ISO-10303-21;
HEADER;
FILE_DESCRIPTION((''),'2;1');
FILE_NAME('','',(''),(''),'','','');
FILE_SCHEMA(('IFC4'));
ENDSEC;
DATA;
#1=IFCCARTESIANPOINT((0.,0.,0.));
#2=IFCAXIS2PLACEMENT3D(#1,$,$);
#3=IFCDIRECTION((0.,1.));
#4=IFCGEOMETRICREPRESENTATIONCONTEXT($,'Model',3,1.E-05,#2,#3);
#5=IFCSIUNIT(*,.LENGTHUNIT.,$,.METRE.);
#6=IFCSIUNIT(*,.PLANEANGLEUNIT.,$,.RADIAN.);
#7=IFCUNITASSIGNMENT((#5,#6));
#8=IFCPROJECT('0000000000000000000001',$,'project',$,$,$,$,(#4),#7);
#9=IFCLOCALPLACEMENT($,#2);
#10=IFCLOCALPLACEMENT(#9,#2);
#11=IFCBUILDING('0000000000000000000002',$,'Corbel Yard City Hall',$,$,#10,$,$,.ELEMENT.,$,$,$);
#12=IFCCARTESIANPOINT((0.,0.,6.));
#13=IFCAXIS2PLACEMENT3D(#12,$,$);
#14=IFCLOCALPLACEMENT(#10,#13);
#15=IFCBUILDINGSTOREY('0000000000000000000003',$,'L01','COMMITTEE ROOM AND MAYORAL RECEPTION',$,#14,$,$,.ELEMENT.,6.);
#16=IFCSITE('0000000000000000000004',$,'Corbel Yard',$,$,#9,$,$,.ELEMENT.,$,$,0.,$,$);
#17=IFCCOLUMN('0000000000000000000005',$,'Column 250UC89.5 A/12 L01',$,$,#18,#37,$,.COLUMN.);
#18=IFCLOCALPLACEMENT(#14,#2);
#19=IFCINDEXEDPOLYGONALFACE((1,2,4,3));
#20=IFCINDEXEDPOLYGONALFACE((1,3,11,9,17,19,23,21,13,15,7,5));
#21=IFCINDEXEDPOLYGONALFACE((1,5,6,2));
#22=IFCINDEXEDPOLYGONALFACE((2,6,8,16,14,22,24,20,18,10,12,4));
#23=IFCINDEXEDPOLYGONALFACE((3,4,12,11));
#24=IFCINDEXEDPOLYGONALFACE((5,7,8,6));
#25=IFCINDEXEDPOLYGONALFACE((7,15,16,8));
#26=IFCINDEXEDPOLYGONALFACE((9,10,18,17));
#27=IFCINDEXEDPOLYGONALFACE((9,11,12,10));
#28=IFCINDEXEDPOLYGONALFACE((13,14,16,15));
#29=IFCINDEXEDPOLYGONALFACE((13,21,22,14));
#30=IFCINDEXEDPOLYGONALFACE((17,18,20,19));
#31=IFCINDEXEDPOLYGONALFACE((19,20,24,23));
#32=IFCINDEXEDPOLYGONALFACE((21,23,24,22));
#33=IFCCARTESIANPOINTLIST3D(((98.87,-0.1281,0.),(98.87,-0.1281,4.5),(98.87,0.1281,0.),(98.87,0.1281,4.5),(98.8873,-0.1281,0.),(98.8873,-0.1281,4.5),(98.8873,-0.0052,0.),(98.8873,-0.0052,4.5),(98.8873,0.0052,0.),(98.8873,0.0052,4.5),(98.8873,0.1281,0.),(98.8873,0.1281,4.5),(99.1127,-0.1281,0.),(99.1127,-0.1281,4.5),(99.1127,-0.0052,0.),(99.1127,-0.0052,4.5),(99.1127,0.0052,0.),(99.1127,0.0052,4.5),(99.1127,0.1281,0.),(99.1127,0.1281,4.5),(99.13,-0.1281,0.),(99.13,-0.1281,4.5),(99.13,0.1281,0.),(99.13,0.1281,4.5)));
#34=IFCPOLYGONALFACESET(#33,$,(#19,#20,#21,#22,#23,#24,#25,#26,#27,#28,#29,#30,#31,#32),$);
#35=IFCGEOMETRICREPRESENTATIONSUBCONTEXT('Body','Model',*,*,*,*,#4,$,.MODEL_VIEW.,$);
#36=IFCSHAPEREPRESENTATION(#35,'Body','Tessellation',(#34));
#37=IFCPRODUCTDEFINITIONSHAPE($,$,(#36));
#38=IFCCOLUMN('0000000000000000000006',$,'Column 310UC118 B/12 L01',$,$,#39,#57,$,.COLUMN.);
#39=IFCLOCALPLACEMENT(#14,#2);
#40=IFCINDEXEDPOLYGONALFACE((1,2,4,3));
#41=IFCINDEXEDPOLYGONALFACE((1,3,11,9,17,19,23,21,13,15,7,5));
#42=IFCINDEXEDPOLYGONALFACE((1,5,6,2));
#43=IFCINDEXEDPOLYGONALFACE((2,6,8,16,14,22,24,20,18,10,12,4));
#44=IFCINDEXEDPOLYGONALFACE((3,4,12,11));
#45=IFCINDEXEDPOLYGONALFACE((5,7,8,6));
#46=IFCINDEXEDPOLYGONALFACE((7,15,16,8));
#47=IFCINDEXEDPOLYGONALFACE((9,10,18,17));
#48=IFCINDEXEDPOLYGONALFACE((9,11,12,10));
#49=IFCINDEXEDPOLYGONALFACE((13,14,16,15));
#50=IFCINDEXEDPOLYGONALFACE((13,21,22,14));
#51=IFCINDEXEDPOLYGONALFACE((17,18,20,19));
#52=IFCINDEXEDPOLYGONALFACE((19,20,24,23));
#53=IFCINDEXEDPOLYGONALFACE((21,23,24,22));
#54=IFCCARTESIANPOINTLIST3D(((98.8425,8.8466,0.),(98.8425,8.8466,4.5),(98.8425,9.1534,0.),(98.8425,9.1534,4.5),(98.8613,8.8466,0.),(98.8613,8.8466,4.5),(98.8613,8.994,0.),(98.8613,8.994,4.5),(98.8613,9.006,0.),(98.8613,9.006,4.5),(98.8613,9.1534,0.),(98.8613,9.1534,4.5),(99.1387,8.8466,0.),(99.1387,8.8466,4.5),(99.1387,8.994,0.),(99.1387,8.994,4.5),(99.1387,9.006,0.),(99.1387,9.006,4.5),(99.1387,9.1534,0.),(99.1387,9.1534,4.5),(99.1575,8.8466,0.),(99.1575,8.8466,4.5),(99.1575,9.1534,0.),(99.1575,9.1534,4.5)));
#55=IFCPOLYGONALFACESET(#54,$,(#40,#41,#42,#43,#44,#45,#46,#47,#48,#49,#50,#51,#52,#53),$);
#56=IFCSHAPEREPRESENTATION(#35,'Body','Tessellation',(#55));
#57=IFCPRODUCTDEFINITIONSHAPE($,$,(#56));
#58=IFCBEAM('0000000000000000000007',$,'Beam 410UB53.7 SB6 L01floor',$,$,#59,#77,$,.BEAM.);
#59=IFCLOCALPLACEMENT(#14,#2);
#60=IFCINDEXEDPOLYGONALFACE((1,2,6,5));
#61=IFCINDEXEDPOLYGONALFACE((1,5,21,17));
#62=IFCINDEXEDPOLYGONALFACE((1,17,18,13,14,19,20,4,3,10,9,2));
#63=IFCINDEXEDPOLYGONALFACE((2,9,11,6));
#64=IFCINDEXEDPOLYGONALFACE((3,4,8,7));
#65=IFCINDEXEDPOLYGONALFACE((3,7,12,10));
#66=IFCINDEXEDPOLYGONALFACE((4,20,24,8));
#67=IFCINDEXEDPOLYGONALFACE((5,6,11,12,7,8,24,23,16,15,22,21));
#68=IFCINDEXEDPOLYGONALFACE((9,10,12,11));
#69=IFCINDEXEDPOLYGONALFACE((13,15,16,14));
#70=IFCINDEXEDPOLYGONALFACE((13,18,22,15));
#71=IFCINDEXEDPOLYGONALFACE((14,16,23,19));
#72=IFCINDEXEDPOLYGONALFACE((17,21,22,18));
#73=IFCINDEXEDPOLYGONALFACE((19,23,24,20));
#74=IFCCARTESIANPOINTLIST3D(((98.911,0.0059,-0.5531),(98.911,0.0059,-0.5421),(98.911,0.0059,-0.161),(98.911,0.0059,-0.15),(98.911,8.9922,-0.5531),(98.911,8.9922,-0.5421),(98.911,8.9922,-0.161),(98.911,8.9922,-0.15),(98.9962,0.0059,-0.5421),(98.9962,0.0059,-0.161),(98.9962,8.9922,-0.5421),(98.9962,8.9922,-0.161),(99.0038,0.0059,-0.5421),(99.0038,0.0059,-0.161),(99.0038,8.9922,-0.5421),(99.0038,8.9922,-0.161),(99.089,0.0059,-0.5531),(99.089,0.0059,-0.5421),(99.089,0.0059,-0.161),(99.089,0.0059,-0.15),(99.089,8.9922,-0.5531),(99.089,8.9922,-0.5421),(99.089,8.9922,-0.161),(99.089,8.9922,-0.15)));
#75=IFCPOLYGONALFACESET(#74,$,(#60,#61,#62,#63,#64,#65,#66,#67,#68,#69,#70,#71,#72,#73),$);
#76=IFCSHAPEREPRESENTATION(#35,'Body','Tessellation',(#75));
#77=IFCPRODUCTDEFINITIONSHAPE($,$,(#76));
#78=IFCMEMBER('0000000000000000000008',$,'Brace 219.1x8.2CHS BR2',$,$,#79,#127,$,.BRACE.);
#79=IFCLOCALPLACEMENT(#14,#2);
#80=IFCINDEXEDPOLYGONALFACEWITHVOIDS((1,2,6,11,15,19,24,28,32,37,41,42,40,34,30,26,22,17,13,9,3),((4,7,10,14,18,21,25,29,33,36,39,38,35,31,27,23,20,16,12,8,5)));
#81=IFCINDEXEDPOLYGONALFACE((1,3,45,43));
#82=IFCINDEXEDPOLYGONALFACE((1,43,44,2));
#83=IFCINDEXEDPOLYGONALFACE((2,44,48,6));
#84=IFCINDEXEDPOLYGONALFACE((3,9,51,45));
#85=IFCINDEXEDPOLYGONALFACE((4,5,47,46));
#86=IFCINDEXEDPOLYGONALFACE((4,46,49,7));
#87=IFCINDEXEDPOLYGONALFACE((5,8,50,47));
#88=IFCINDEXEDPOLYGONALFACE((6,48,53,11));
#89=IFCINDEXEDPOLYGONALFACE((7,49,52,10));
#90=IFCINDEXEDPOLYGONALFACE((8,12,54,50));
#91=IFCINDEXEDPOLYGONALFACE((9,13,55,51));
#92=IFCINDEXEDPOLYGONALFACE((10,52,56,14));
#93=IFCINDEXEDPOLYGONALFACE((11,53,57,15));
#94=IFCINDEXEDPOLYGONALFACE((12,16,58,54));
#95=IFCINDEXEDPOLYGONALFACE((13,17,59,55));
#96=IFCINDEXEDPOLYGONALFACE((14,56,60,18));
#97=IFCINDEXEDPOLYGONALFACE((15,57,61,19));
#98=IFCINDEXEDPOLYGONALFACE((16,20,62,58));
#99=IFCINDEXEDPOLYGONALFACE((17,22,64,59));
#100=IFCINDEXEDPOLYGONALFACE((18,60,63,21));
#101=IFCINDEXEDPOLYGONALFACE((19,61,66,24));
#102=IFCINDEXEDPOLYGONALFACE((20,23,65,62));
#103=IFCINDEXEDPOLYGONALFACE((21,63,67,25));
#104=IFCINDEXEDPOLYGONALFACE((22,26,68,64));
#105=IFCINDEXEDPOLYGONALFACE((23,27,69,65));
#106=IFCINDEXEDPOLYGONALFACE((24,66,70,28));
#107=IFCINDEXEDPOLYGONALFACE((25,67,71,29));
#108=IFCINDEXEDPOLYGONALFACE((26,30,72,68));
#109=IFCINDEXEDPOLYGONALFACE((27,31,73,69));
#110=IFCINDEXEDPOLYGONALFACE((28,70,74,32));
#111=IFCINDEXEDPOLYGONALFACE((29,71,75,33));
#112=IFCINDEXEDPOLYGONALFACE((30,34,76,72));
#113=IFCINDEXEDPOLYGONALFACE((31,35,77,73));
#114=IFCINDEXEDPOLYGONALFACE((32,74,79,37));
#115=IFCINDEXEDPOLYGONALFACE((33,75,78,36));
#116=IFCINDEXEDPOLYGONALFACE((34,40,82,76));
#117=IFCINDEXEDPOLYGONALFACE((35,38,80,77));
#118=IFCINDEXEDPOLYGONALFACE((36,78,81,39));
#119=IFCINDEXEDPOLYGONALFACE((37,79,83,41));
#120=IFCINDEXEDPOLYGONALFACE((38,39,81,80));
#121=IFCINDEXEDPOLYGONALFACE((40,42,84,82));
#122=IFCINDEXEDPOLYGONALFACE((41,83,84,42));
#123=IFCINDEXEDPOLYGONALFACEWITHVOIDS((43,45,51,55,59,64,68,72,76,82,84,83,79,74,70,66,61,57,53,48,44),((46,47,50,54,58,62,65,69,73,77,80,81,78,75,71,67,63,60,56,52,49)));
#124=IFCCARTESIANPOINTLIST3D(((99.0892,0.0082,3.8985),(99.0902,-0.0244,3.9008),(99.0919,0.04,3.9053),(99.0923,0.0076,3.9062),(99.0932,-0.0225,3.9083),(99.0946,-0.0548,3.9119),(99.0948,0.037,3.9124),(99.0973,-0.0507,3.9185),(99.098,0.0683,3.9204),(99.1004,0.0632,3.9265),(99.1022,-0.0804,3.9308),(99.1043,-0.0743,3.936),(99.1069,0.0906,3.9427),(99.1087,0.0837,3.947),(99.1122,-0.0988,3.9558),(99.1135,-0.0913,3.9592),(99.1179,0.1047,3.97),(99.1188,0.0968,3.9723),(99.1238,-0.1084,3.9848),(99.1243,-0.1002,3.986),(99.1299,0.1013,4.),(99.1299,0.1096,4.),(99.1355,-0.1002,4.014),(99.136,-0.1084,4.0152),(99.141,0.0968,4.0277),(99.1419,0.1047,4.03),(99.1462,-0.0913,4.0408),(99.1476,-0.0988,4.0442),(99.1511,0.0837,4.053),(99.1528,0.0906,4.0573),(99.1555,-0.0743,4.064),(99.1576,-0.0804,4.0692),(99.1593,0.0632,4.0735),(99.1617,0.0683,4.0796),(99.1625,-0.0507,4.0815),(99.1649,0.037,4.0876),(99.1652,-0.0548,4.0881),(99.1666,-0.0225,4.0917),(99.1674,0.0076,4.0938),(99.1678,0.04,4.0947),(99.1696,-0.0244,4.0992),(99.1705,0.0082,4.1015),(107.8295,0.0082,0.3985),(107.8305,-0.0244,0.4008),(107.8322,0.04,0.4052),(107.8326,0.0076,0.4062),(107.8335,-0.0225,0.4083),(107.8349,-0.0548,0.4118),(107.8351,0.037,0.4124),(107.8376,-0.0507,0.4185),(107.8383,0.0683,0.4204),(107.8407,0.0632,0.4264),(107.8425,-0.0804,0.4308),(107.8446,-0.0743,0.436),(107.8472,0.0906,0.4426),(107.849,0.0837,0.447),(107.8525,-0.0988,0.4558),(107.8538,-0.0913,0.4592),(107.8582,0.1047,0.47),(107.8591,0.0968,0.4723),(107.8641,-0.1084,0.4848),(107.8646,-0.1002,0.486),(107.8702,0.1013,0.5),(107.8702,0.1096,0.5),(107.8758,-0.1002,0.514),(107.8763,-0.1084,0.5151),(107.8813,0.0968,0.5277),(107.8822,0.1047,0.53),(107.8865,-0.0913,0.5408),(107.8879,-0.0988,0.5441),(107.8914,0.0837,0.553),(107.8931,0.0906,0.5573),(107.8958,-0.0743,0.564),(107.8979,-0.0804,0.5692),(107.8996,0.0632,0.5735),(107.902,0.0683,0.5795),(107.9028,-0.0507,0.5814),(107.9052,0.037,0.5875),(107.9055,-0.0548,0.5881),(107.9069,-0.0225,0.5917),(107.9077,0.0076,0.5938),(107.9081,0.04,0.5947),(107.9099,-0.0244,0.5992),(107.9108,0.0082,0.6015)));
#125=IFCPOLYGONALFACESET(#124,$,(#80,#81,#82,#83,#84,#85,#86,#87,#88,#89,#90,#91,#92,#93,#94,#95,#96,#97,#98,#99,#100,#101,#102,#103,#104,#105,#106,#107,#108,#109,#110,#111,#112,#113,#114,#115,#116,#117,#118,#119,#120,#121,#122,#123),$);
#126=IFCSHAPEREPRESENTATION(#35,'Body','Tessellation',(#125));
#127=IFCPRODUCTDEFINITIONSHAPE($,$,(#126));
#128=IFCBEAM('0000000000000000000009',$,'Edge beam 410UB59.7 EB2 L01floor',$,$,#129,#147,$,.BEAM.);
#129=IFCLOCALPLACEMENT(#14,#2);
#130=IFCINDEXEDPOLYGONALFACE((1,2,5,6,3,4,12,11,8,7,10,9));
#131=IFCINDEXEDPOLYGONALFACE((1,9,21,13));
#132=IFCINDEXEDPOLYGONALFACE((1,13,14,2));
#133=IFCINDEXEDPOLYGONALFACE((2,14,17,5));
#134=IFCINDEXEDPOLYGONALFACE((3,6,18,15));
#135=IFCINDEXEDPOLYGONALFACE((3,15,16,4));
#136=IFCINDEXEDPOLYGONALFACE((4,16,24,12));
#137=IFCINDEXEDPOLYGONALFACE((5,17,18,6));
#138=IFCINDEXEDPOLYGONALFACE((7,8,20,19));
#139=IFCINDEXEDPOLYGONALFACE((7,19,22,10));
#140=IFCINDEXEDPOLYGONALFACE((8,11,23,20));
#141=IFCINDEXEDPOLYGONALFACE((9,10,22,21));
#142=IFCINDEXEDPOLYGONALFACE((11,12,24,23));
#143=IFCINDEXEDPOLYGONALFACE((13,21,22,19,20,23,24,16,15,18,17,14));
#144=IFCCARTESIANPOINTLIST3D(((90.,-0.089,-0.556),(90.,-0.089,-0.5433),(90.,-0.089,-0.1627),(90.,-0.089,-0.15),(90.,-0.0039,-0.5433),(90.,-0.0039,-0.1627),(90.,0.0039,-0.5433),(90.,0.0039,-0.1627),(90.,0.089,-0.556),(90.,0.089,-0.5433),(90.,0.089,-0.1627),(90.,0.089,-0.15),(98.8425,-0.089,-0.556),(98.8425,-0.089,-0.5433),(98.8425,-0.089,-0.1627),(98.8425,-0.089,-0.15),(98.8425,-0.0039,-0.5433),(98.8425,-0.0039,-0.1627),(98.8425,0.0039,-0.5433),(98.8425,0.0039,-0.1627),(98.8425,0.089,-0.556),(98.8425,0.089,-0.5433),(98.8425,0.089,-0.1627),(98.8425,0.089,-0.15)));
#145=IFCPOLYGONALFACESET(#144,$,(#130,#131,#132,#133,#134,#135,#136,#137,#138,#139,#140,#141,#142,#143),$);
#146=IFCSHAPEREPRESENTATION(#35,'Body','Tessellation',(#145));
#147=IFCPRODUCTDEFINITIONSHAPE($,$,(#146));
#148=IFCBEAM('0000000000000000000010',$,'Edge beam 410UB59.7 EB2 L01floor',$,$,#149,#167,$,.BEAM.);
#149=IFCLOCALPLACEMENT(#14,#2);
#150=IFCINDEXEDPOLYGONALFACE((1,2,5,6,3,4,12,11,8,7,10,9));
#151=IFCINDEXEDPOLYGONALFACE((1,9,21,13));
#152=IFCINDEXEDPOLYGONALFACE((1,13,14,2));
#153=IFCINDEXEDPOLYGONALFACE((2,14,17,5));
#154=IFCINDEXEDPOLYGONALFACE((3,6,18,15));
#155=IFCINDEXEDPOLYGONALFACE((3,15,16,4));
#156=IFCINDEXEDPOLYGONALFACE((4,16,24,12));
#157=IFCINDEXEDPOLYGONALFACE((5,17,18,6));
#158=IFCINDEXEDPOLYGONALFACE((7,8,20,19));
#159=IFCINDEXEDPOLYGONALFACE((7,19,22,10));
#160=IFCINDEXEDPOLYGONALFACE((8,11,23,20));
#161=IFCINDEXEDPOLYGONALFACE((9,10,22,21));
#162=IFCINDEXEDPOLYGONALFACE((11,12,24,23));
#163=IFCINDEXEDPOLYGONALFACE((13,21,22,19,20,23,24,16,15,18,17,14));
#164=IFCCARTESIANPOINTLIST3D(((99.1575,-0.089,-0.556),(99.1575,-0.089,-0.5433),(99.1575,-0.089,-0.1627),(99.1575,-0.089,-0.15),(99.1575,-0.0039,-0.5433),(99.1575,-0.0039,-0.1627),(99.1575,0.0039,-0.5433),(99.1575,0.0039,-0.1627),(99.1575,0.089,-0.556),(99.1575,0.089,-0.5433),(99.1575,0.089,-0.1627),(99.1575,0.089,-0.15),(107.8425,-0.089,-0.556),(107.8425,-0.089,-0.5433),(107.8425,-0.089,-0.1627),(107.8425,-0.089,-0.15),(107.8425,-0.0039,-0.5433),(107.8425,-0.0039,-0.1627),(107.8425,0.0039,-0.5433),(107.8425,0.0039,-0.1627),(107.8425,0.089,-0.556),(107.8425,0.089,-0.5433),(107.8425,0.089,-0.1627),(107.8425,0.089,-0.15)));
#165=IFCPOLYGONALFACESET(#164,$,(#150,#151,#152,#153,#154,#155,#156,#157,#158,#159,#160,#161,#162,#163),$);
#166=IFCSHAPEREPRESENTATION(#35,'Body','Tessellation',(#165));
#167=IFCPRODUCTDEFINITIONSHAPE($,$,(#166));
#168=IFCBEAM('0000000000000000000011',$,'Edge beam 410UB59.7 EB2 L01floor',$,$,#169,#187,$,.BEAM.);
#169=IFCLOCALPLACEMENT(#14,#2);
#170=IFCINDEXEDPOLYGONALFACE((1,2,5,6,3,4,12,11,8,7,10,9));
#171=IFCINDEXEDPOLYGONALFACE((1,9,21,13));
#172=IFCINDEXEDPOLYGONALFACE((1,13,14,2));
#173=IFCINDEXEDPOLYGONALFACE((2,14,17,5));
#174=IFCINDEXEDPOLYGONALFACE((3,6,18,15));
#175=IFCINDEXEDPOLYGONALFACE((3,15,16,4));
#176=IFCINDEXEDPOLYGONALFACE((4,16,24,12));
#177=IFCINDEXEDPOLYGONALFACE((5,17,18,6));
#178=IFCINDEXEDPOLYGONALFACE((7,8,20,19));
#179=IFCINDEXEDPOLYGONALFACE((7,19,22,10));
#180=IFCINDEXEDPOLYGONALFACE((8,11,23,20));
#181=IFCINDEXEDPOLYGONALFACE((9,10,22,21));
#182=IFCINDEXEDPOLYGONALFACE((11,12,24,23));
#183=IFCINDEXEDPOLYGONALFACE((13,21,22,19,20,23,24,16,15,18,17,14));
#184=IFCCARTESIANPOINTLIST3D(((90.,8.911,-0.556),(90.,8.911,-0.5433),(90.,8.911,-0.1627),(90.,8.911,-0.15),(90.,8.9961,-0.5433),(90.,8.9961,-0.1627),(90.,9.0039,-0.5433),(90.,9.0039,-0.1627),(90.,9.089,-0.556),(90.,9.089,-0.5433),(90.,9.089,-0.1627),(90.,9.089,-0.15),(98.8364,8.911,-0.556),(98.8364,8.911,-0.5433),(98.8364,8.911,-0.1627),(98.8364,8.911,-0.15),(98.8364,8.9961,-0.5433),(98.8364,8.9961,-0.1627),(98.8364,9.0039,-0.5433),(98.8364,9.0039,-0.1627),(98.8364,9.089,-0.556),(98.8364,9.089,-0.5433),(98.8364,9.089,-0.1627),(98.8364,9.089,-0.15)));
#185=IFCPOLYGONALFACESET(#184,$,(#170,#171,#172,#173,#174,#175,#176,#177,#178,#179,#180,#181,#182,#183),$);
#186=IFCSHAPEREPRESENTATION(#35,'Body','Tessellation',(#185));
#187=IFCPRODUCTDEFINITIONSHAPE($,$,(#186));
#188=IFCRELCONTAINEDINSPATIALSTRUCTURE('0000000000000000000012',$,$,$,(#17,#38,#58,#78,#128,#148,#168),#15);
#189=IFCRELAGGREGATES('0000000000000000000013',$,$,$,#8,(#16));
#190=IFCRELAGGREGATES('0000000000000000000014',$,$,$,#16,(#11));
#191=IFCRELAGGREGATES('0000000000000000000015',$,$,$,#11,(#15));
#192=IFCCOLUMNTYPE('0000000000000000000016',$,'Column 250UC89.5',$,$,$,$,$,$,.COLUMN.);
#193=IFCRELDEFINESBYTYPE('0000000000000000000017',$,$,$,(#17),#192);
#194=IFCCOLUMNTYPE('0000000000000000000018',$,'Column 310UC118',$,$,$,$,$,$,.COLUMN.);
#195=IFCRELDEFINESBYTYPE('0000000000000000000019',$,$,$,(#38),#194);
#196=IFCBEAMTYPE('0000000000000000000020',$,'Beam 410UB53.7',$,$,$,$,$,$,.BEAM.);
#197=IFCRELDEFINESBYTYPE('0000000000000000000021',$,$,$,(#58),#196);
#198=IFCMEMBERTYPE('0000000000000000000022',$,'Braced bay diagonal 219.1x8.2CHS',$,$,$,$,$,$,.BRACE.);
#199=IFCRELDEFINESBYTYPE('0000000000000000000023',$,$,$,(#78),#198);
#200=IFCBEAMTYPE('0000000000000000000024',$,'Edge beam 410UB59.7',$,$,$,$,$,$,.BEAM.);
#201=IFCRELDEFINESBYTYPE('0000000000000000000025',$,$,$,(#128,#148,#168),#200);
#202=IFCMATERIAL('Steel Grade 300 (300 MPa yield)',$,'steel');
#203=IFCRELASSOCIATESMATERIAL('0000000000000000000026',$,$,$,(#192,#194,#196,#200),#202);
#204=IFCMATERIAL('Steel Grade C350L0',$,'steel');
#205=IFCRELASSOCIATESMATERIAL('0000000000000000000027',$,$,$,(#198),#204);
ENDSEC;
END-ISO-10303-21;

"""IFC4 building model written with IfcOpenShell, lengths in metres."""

from ifc_helpers import new_model, si_unit, direction, frame, origin, origin_2d, place, context, subcontext, project, spatial, hollow_circle, i_section, extrude, material, material_profile, profile_set, type_object, element, save


model = new_model("IFC4")

# Units and contexts
model_context = context("Model", 3, precision=1e-05, world=origin(), true_north=direction((0.0, 1.0)))
body_context = subcontext(model_context, "Body", "Model", "MODEL_VIEW")
ifc_project = project(units=[si_unit("LENGTHUNIT", "METRE"), si_unit("PLANEANGLEUNIT", "RADIAN")], contexts=[model_context])

# Site, building, storey
site_placement = place(None, origin())
site = spatial("IfcSite", under=ifc_project, at=site_placement, Name="Corbel Yard", CompositionType="ELEMENT", RefElevation=0.0)
building_placement = place(site_placement, origin())
building = spatial("IfcBuilding", under=site, at=building_placement, Name="Corbel Yard City Hall", CompositionType="ELEMENT")
storey_placement = place(building_placement, frame((0.0, 0.0, 6.0)))
storey = spatial("IfcBuildingStorey", under=building, at=storey_placement, Name="L01", Description="COMMITTEE ROOM AND MAYORAL RECEPTION", CompositionType="ELEMENT", Elevation=6.0)

# Columns
ifc_material_1 = material(Name="Steel Grade 300 (300 MPa yield)", Category="steel")
ifc_material_profile_1 = material_profile(ifc_material_1, i_section(OverallWidth=0.2561, OverallDepth=0.26, WebThickness=0.0105, FlangeThickness=0.0173, at=origin_2d()), Name="250UC89.5")
ifc_profile_set_1 = profile_set([ifc_material_profile_1], Name="Steel Grade 300 (300 MPa yield)")
column_type_1 = type_object("IfcColumnType", Name="Column 250UC89.5", PredefinedType="COLUMN", material=ifc_profile_set_1)
column_1_placement = place(storey_placement, frame((99.0, 0.0, 0.0), z_axis=(0.0, 0.0, 1.0), x_axis=(0.0, 1.0, 0.0)))
element("IfcColumn", 1, at=column_1_placement, inside=storey, type_object=column_type_1, Name="Column 250UC89.5 A/12 L01", PredefinedType="COLUMN", context=body_context, shape_type="SweptSolid", body=[
    extrude(i_section(OverallWidth=0.2561, OverallDepth=0.26, WebThickness=0.0105, FlangeThickness=0.0173, at=origin_2d()), origin(), (0.0, 0.0, 1.0), 4.5),
])
ifc_material_profile_2 = material_profile(ifc_material_1, i_section(OverallWidth=0.3069, OverallDepth=0.3149, WebThickness=0.012, FlangeThickness=0.0188, at=origin_2d()), Name="310UC118")
ifc_profile_set_2 = profile_set([ifc_material_profile_2], Name="Steel Grade 300 (300 MPa yield)")
column_type_2 = type_object("IfcColumnType", Name="Column 310UC118", PredefinedType="COLUMN", material=ifc_profile_set_2)
column_2_placement = place(storey_placement, frame((99.0, 9.0, 0.0), z_axis=(0.0, 0.0, 1.0), x_axis=(0.0, 1.0, 0.0)))
element("IfcColumn", 2, at=column_2_placement, inside=storey, type_object=column_type_2, Name="Column 310UC118 B/12 L01", PredefinedType="COLUMN", context=body_context, shape_type="SweptSolid", body=[
    extrude(i_section(OverallWidth=0.3069, OverallDepth=0.3149, WebThickness=0.012, FlangeThickness=0.0188, at=origin_2d()), origin(), (0.0, 0.0, 1.0), 4.5),
])

# Beam
ifc_material_profile_3 = material_profile(ifc_material_1, i_section(OverallWidth=0.178, OverallDepth=0.4031, WebThickness=0.0076, FlangeThickness=0.011, at=origin_2d()), Name="410UB53.7")
ifc_profile_set_3 = profile_set([ifc_material_profile_3], Name="Steel Grade 300 (300 MPa yield)")
beam_type_1 = type_object("IfcBeamType", Name="Beam 410UB53.7", PredefinedType="BEAM", material=ifc_profile_set_3)
beam_1_placement = place(storey_placement, frame((99.0, 0.0059, -0.3516), z_axis=(0.0, 1.0, 0.0), x_axis=(-1.0, 0.0, 0.0)))
element("IfcBeam", 3, at=beam_1_placement, inside=storey, type_object=beam_type_1, Name="Beam 410UB53.7 SB6 L01floor", PredefinedType="BEAM", context=body_context, shape_type="SweptSolid", body=[
    extrude(i_section(OverallWidth=0.178, OverallDepth=0.4031, WebThickness=0.0076, FlangeThickness=0.011, at=origin_2d()), origin(), (0.0, 0.0, 1.0), 8.9863),
])

# Member
ifc_material_2 = material(Name="Steel Grade C350L0", Category="steel")
ifc_material_profile_4 = material_profile(ifc_material_2, hollow_circle(Radius=0.1096, WallThickness=0.0083, at=origin_2d()), Name="219.1x8.2CHS")
ifc_profile_set_4 = profile_set([ifc_material_profile_4], Name="Steel Grade C350L0")
member_type = type_object("IfcMemberType", Name="Braced bay diagonal 219.1x8.2CHS", PredefinedType="BRACE", material=ifc_profile_set_4)
member_placement = place(storey_placement, frame((99.1299, 0.0, 4.0), z_axis=(0.928334, 0.0, -0.371748), x_axis=(0.0, 1.0, 0.0)))
element("IfcMember", 4, at=member_placement, inside=storey, type_object=member_type, Name="Brace 219.1x8.2CHS BR2", PredefinedType="BRACE", context=body_context, shape_type="SweptSolid", body=[
    extrude(hollow_circle(Radius=0.1096, WallThickness=0.0083, at=origin_2d()), origin(), (0.0, 0.0, 1.0), 9.415),
])

# Beams
ifc_material_profile_5 = material_profile(ifc_material_1, i_section(OverallWidth=0.178, OverallDepth=0.406, WebThickness=0.0078, FlangeThickness=0.0127, at=origin_2d()), Name="410UB59.7")
ifc_profile_set_5 = profile_set([ifc_material_profile_5], Name="Steel Grade 300 (300 MPa yield)")
beam_type_2 = type_object("IfcBeamType", Name="Edge beam 410UB59.7", PredefinedType="BEAM", material=ifc_profile_set_5)
beam_2_placement = place(storey_placement, frame((90.0, 0.0, -0.353), z_axis=(1.0, 0.0, 0.0), x_axis=(0.0, 1.0, 0.0)))
element("IfcBeam", 5, at=beam_2_placement, inside=storey, type_object=beam_type_2, Name="Edge beam 410UB59.7 EB2 L01floor", PredefinedType="BEAM", context=body_context, shape_type="SweptSolid", body=[
    extrude(i_section(OverallWidth=0.178, OverallDepth=0.406, WebThickness=0.0078, FlangeThickness=0.0127, at=origin_2d()), origin(), (0.0, 0.0, 1.0), 8.8425),
])
beam_3_placement = place(storey_placement, frame((99.1575, 0.0, -0.353), z_axis=(1.0, 0.0, 0.0), x_axis=(0.0, 1.0, 0.0)))
element("IfcBeam", 6, at=beam_3_placement, inside=storey, type_object=beam_type_2, Name="Edge beam 410UB59.7 EB2 L01floor", PredefinedType="BEAM", context=body_context, shape_type="SweptSolid", body=[
    extrude(i_section(OverallWidth=0.178, OverallDepth=0.406, WebThickness=0.0078, FlangeThickness=0.0127, at=origin_2d()), origin(), (0.0, 0.0, 1.0), 8.6851),
])
beam_4_placement = place(storey_placement, frame((90.0, 9.0, -0.353), z_axis=(1.0, 0.0, 0.0), x_axis=(0.0, 1.0, 0.0)))
element("IfcBeam", 7, at=beam_4_placement, inside=storey, type_object=beam_type_2, Name="Edge beam 410UB59.7 EB2 L01floor", PredefinedType="BEAM", context=body_context, shape_type="SweptSolid", body=[
    extrude(i_section(OverallWidth=0.178, OverallDepth=0.406, WebThickness=0.0078, FlangeThickness=0.0127, at=origin_2d()), origin(), (0.0, 0.0, 1.0), 8.8364),
])

save(model, "model.ifc")
